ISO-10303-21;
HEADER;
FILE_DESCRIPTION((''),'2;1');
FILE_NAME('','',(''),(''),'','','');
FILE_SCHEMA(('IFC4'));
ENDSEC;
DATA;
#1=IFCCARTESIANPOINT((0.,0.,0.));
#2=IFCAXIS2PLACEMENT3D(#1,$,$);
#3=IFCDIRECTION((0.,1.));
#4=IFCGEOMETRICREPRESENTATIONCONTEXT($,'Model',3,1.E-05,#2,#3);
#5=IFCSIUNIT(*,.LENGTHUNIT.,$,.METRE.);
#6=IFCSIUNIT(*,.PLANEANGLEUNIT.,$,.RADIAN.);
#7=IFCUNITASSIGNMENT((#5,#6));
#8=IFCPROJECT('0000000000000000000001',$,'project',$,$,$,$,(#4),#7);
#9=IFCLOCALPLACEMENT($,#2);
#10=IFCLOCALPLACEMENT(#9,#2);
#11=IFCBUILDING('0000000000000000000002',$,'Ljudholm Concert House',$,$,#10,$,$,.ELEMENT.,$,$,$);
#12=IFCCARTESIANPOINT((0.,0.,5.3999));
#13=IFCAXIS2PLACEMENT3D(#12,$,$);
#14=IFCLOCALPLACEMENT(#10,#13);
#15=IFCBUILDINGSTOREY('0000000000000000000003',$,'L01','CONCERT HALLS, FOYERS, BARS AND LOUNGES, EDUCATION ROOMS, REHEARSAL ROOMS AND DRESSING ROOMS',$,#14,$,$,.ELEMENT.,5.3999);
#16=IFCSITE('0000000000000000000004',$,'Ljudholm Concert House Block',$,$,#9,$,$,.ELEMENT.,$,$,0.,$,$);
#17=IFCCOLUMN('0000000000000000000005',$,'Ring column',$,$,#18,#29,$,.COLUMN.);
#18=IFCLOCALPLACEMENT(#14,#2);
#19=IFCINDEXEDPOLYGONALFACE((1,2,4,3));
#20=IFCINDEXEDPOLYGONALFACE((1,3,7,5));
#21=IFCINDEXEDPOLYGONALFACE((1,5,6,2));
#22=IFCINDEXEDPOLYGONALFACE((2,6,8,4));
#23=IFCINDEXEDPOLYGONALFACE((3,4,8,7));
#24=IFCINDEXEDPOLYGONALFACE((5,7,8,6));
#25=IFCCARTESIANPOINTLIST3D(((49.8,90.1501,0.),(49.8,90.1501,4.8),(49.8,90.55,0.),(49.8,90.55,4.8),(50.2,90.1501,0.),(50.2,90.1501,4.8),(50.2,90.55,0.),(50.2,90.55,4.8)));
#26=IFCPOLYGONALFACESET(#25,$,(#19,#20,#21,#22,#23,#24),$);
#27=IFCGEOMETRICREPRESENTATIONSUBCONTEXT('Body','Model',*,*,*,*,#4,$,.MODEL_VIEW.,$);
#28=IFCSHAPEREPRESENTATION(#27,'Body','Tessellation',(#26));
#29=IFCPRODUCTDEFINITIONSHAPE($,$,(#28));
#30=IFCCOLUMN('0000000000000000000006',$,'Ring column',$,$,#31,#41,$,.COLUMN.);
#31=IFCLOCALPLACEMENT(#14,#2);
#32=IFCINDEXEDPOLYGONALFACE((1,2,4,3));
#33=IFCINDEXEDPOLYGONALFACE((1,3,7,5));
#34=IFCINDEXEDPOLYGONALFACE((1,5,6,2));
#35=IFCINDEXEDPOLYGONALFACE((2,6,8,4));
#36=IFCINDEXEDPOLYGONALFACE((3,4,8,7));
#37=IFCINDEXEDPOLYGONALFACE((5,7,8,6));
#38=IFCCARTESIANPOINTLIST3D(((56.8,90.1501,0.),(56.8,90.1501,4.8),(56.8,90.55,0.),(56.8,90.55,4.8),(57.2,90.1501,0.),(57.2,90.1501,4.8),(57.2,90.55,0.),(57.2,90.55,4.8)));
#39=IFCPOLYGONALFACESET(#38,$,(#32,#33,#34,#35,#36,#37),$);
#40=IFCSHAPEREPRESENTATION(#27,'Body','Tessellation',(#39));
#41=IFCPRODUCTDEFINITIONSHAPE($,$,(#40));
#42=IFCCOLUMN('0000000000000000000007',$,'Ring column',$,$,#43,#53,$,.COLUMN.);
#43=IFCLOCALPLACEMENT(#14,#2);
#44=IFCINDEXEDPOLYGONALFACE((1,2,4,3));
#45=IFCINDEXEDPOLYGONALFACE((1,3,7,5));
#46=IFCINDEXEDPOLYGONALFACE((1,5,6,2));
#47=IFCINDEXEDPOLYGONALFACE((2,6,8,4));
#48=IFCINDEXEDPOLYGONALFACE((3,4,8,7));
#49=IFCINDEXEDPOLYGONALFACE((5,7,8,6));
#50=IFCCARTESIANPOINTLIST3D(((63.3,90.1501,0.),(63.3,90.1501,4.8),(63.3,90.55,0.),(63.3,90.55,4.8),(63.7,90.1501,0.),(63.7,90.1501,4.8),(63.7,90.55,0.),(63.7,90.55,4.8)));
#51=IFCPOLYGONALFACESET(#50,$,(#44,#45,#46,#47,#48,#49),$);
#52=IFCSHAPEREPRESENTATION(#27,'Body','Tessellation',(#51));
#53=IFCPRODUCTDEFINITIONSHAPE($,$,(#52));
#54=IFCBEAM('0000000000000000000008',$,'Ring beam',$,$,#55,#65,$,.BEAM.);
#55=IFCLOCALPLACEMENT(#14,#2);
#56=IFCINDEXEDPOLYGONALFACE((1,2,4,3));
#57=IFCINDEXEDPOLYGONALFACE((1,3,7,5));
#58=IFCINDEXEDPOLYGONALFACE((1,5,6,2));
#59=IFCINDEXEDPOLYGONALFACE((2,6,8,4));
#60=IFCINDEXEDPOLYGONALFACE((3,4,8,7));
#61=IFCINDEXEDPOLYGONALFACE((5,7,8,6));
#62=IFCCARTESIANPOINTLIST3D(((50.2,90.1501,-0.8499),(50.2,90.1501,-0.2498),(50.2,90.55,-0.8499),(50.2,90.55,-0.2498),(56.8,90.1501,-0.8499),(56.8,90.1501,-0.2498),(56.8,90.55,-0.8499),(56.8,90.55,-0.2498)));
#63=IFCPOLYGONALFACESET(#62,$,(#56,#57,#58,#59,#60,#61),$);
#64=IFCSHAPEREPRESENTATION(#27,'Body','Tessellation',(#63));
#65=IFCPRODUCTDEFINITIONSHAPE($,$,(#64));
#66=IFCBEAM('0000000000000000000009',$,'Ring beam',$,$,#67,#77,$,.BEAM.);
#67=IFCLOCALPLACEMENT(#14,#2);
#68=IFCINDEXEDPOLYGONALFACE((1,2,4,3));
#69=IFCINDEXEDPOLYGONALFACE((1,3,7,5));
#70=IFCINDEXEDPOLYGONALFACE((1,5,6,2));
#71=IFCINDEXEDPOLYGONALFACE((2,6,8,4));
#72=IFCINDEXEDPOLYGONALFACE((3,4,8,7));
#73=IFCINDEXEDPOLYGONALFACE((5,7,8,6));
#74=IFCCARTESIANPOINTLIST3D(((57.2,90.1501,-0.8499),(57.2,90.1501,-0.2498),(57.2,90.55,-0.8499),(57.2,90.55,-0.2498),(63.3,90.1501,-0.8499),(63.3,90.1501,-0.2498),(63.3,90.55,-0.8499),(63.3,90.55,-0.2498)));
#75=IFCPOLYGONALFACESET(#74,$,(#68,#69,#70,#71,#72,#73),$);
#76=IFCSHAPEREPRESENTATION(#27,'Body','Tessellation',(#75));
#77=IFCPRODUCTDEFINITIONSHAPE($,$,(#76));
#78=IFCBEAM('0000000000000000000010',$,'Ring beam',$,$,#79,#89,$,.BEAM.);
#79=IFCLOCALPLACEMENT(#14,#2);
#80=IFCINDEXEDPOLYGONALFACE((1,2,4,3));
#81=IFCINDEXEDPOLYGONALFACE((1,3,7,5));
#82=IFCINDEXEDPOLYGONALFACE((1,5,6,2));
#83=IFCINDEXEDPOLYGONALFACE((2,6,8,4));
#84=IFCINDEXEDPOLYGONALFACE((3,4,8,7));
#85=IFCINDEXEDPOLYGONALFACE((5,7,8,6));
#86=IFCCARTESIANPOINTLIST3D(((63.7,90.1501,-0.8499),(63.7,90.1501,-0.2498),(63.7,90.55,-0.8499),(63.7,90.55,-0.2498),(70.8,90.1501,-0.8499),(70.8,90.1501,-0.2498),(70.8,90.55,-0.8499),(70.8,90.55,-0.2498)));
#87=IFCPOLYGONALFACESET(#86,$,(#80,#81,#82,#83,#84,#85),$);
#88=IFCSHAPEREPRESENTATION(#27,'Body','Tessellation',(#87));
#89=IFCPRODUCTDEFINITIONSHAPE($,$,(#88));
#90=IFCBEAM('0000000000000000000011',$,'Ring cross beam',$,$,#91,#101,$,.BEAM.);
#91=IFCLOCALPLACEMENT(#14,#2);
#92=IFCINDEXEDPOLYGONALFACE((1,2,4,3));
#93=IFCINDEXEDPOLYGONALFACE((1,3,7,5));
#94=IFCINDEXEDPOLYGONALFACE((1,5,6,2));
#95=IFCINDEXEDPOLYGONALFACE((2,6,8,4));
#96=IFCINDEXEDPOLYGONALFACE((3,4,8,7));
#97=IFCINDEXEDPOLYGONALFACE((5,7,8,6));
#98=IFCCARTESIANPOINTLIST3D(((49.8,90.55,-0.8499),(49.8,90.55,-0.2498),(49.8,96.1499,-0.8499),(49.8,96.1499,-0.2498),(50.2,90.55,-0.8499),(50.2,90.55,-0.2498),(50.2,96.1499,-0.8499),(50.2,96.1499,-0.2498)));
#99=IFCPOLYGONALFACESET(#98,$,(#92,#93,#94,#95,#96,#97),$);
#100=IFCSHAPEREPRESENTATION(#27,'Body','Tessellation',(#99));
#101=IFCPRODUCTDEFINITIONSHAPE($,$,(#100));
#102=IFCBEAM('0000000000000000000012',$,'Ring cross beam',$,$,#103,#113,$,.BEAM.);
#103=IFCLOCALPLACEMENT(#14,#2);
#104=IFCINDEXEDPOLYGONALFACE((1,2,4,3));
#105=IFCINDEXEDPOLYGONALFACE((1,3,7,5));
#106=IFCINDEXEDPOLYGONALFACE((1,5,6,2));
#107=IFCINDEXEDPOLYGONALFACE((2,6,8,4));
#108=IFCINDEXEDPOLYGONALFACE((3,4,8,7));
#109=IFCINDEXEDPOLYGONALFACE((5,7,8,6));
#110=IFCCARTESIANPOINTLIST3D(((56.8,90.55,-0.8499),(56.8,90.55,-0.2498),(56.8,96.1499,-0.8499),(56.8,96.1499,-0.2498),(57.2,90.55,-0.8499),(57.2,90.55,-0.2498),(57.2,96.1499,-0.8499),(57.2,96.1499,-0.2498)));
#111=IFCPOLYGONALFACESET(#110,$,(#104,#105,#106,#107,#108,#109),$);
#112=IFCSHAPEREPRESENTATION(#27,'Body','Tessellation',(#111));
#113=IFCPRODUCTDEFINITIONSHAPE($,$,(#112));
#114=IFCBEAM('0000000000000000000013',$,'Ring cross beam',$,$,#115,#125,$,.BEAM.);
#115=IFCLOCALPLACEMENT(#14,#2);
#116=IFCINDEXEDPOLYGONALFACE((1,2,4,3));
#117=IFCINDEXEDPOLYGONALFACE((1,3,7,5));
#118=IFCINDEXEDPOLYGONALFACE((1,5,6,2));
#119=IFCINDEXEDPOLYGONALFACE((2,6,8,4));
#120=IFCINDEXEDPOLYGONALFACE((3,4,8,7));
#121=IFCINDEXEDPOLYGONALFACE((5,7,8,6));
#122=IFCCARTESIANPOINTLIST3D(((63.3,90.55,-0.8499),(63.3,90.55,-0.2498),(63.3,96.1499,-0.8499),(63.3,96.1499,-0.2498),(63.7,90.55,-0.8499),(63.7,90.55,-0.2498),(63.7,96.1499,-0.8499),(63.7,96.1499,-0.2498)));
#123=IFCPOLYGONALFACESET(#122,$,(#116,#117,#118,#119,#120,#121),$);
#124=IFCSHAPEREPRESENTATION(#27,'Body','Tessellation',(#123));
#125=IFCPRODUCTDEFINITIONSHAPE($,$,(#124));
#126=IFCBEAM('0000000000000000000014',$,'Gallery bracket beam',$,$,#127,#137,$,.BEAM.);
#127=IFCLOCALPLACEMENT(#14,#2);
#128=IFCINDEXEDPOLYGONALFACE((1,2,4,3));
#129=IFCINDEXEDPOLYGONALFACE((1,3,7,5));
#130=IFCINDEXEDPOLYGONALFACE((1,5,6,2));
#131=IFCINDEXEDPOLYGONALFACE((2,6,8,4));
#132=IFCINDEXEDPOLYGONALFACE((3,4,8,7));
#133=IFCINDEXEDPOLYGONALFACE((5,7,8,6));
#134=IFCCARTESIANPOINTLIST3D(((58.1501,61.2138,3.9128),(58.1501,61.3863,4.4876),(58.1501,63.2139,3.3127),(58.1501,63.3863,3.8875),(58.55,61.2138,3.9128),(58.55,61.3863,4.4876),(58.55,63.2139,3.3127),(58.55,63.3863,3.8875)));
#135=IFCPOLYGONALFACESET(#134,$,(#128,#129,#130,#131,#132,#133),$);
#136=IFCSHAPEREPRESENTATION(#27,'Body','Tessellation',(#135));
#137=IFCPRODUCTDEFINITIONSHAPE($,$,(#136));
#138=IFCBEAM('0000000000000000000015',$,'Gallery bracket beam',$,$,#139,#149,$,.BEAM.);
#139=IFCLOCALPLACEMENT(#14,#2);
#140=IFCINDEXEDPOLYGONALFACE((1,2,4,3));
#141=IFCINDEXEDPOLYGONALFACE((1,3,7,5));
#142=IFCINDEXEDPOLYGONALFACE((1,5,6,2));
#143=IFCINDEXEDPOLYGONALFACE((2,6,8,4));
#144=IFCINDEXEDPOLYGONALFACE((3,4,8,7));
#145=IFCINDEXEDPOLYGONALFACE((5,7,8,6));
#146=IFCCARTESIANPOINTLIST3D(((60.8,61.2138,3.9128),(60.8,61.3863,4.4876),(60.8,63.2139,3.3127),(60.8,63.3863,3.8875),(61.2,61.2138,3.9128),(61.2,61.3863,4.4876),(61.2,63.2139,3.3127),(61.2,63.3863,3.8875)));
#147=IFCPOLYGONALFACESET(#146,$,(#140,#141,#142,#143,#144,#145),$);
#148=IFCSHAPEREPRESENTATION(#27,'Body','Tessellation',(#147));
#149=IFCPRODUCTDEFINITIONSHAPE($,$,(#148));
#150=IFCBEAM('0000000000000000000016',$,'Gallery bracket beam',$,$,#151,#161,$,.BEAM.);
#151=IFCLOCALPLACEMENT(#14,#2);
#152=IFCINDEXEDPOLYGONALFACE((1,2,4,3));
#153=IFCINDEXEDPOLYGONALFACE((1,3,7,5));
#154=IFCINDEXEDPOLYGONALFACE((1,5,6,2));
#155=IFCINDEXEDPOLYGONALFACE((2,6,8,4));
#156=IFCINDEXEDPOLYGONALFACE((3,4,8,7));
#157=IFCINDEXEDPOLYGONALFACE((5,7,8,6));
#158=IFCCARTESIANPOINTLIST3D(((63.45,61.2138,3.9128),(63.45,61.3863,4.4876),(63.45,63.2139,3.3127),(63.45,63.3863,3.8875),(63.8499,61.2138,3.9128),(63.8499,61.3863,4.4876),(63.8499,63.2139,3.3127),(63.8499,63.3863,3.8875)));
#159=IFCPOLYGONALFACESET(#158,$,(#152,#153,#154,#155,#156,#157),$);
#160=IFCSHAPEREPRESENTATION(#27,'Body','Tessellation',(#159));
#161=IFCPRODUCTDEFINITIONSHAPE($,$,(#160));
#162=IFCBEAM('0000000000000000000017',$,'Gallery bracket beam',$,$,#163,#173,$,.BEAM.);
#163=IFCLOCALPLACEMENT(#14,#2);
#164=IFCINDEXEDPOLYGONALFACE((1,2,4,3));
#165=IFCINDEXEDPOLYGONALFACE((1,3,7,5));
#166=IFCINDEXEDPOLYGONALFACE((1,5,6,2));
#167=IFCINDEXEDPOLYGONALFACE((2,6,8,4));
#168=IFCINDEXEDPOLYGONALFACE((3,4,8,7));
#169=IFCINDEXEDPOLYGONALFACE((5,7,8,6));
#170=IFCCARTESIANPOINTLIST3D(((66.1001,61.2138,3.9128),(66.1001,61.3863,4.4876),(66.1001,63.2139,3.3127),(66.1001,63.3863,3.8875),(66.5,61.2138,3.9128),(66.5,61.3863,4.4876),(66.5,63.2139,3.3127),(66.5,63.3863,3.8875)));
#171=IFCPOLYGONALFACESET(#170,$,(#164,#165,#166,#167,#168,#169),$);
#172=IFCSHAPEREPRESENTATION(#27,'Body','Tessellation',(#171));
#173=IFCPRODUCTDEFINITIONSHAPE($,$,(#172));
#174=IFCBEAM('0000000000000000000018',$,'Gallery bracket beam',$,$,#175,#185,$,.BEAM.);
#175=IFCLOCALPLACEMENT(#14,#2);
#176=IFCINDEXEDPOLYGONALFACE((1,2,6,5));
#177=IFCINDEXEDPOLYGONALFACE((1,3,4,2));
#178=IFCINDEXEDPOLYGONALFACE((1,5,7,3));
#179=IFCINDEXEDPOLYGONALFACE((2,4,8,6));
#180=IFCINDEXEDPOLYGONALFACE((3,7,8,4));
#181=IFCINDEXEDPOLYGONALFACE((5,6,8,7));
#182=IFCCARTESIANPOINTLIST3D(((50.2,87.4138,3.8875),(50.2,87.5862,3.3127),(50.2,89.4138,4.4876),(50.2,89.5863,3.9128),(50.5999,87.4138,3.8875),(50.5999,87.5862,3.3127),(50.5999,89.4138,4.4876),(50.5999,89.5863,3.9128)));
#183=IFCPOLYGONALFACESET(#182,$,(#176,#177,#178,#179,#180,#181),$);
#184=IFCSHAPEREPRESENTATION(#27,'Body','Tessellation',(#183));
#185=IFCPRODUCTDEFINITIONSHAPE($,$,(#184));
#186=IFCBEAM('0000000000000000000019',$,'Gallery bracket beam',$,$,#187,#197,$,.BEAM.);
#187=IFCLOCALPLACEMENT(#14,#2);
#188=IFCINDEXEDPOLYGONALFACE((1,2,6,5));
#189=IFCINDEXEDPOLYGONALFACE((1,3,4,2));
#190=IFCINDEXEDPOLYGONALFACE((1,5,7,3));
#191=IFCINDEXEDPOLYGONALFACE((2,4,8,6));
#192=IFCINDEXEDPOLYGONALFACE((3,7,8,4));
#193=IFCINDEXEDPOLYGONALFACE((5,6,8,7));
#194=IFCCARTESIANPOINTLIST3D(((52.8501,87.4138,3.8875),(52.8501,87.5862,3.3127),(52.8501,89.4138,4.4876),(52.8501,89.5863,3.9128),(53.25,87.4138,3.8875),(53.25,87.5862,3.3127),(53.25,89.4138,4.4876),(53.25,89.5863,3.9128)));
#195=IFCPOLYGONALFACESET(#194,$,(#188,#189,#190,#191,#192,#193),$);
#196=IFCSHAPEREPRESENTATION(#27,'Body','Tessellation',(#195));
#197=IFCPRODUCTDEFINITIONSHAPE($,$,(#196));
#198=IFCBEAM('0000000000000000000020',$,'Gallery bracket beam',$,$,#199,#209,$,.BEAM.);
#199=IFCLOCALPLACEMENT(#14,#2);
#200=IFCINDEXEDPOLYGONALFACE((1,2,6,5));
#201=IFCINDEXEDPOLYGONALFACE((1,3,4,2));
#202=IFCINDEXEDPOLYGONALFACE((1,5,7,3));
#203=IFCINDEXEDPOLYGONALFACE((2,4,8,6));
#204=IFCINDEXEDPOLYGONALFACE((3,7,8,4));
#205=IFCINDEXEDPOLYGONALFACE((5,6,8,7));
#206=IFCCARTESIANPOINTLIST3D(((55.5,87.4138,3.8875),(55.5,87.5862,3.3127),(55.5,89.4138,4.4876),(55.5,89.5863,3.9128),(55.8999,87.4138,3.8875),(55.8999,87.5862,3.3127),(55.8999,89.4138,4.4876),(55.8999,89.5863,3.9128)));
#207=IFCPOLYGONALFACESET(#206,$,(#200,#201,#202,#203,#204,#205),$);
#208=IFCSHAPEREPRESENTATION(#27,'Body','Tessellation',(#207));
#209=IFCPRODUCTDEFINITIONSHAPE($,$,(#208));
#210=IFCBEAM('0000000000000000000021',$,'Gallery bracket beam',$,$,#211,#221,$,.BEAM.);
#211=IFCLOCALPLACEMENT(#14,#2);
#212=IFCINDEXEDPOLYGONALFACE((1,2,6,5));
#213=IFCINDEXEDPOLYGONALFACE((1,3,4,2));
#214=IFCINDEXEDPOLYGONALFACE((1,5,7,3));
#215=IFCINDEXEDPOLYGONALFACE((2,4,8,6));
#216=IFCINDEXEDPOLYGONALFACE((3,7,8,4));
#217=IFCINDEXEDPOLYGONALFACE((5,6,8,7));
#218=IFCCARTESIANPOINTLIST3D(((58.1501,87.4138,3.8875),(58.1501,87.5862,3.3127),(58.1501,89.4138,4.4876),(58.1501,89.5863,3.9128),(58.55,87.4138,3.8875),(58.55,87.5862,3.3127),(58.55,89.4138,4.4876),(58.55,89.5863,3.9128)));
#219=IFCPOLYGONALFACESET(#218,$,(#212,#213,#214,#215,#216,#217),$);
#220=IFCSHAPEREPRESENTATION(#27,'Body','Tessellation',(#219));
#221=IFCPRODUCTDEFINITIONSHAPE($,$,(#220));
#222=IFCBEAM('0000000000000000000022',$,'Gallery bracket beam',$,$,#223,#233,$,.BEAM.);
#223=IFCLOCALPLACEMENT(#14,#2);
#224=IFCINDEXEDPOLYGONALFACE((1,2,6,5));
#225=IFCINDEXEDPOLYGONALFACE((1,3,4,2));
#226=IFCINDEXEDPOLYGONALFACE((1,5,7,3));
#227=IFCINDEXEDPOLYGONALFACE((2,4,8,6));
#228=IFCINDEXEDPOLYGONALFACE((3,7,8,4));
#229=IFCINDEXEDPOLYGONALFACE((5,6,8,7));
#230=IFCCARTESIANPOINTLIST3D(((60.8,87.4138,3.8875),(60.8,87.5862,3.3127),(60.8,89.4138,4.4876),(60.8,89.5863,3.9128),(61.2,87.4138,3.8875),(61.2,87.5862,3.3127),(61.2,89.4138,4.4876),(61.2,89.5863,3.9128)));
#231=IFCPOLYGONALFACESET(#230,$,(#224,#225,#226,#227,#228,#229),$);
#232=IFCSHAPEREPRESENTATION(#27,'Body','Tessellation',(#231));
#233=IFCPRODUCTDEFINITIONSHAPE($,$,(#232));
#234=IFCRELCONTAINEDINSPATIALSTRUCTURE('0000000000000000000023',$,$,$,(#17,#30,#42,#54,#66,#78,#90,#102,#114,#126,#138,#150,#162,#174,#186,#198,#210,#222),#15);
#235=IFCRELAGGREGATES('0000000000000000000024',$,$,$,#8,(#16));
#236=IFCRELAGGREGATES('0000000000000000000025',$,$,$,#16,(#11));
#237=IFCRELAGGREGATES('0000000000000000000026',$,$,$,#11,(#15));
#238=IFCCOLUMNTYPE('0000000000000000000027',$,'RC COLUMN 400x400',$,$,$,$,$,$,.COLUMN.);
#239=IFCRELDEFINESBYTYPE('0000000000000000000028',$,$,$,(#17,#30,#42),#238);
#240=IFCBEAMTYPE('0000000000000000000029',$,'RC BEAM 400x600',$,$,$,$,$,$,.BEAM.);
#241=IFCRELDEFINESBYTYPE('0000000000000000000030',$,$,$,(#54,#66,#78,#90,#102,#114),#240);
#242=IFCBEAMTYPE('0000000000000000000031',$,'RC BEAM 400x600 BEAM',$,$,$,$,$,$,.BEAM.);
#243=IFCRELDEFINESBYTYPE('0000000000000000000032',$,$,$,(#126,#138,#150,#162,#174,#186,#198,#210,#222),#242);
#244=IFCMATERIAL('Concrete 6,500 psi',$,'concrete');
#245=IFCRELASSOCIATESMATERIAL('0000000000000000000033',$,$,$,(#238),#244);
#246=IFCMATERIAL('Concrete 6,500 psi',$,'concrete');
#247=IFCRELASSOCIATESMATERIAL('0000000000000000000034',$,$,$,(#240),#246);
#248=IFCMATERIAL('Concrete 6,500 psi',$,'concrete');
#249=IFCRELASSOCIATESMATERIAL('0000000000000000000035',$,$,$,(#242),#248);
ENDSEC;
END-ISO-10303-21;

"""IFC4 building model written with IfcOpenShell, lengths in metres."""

from ifc_helpers import new_model, si_unit, direction, frame, origin, origin_2d, place, context, subcontext, project, spatial, rectangle, extrude, material, material_profile, profile_set, type_object, element, save


model = new_model("IFC4")

# Units and contexts
model_context = context("Model", 3, precision=1e-05, world=origin(), true_north=direction((0.0, 1.0)))
body_context = subcontext(model_context, "Body", "Model", "MODEL_VIEW")
ifc_project = project(units=[si_unit("LENGTHUNIT", "METRE"), si_unit("PLANEANGLEUNIT", "RADIAN")], contexts=[model_context])

# Site, building, storey
site_placement = place(None, origin())
site = spatial("IfcSite", under=ifc_project, at=site_placement, Name="Ljudholm Concert House Block", CompositionType="ELEMENT", RefElevation=0.0)
building_placement = place(site_placement, origin())
building = spatial("IfcBuilding", under=site, at=building_placement, Name="Ljudholm Concert House", CompositionType="ELEMENT")
storey_placement = place(building_placement, frame((0.0, 0.0, 5.3999)))
storey = spatial("IfcBuildingStorey", under=building, at=storey_placement, Name="L01", Description="CONCERT HALLS, FOYERS, BARS AND LOUNGES, EDUCATION ROOMS, REHEARSAL ROOMS AND DRESSING ROOMS", CompositionType="ELEMENT", Elevation=5.3999)

# Columns
ifc_material_1 = material(Name="Concrete 6,500 psi", Category="concrete")
ifc_material_profile_1 = material_profile(ifc_material_1, rectangle(XDim=0.3999, YDim=0.3999, at=origin_2d()), Name="RC COLUMN 400x400")
ifc_profile_set_1 = profile_set([ifc_material_profile_1], Name="Concrete 6,500 psi")
column_type = type_object("IfcColumnType", Name="RC COLUMN 400x400", PredefinedType="COLUMN", material=ifc_profile_set_1)
for number, where, z_axis, x_axis, name in (
    (1, (50.0, 90.3501, 0.0), (0.0, 0.0, 1.0), (1.0, 0.0, 0.0), "Ring column"),
    (2, (57.0, 90.3501, 0.0), (0.0, 0.0, 1.0), (1.0, 0.0, 0.0), "Ring column"),
    (3, (63.5, 90.3501, 0.0), (0.0, 0.0, 1.0), (1.0, 0.0, 0.0), "Ring column"),
):
    element("IfcColumn", number, at=place(storey_placement, frame(where, z_axis=z_axis, x_axis=x_axis)), inside=storey, type_object=column_type, Name=name, PredefinedType="COLUMN", context=body_context, shape_type="SweptSolid", body=[
        extrude(rectangle(XDim=0.3999, YDim=0.3999, at=origin_2d()), origin(), (0.0, 0.0, 1.0), 4.8),
    ])

# Beams
ifc_material_2 = material(Name="Concrete 6,500 psi", Category="concrete")
ifc_material_profile_2 = material_profile(ifc_material_2, rectangle(XDim=0.3999, YDim=0.6001, at=origin_2d()), Name="RC BEAM 400x600")
ifc_profile_set_2 = profile_set([ifc_material_profile_2], Name="Concrete 6,500 psi")
beam_type_1 = type_object("IfcBeamType", Name="RC BEAM 400x600", PredefinedType="BEAM", material=ifc_profile_set_2)
beam_1_placement = place(storey_placement, frame((50.2, 90.3501, -0.5498), z_axis=(1.0, 0.0, 0.0), x_axis=(0.0, 1.0, 0.0)))
element("IfcBeam", 4, at=beam_1_placement, inside=storey, type_object=beam_type_1, Name="Ring beam", PredefinedType="BEAM", context=body_context, shape_type="SweptSolid", body=[
    extrude(rectangle(XDim=0.3999, YDim=0.6001, at=origin_2d()), origin(), (0.0, 0.0, 1.0), 6.6001),
])
beam_2_placement = place(storey_placement, frame((57.2, 90.3501, -0.5498), z_axis=(1.0, 0.0, 0.0), x_axis=(0.0, 1.0, 0.0)))
element("IfcBeam", 5, at=beam_2_placement, inside=storey, type_object=beam_type_1, Name="Ring beam", PredefinedType="BEAM", context=body_context, shape_type="SweptSolid", body=[
    extrude(rectangle(XDim=0.3999, YDim=0.6001, at=origin_2d()), origin(), (0.0, 0.0, 1.0), 6.1001),
])
beam_3_placement = place(storey_placement, frame((63.7, 90.3501, -0.5498), z_axis=(1.0, 0.0, 0.0), x_axis=(0.0, 1.0, 0.0)))
element("IfcBeam", 6, at=beam_3_placement, inside=storey, type_object=beam_type_1, Name="Ring beam", PredefinedType="BEAM", context=body_context, shape_type="SweptSolid", body=[
    extrude(rectangle(XDim=0.3999, YDim=0.6001, at=origin_2d()), origin(), (0.0, 0.0, 1.0), 7.1001),
])
for number, where, z_axis, x_axis, name in (
    (7, (50.0, 90.55, -0.5498), (0.0, 1.0, 0.0), (-1.0, 0.0, 0.0), "Ring cross beam"),
    (8, (57.0, 90.55, -0.5498), (0.0, 1.0, 0.0), (-1.0, 0.0, 0.0), "Ring cross beam"),
    (9, (63.5, 90.55, -0.5498), (0.0, 1.0, 0.0), (-1.0, 0.0, 0.0), "Ring cross beam"),
):
    element("IfcBeam", number, at=place(storey_placement, frame(where, z_axis=z_axis, x_axis=x_axis)), inside=storey, type_object=beam_type_1, Name=name, PredefinedType="BEAM", context=body_context, shape_type="SweptSolid", body=[
        extrude(rectangle(XDim=0.3999, YDim=0.6001, at=origin_2d()), origin(), (0.0, 0.0, 1.0), 5.5999),
    ])
ifc_material_3 = material(Name="Concrete 6,500 psi", Category="concrete")
ifc_material_profile_3 = material_profile(ifc_material_3, rectangle(XDim=0.3999, YDim=0.6001, at=origin_2d()), Name="RC BEAM 400x600 BEAM")
ifc_profile_set_3 = profile_set([ifc_material_profile_3], Name="Concrete 6,500 psi")
beam_type_2 = type_object("IfcBeamType", Name="RC BEAM 400x600 BEAM", PredefinedType="BEAM", material=ifc_profile_set_3)
for number, where, z_axis, x_axis, name in (
    (10, (58.3501, 61.3, 4.2002), (0.0, 0.957813, -0.287391), (-1.0, 0.0, 0.0), "Gallery bracket beam"),
    (11, (61.0, 61.3, 4.2002), (0.0, 0.957813, -0.287391), (-1.0, 0.0, 0.0), "Gallery bracket beam"),
    (12, (63.6499, 61.3, 4.2002), (0.0, 0.957813, -0.287391), (-1.0, 0.0, 0.0), "Gallery bracket beam"),
    (13, (66.3, 61.3, 4.2002), (0.0, 0.957813, -0.287391), (-1.0, 0.0, 0.0), "Gallery bracket beam"),
    (14, (50.3999, 87.5, 3.6001), (0.0, 0.957813, 0.287391), (-1.0, 0.0, 0.0), "Gallery bracket beam"),
    (15, (53.05, 87.5, 3.6001), (0.0, 0.957813, 0.287391), (-1.0, 0.0, 0.0), "Gallery bracket beam"),
    (16, (55.7, 87.5, 3.6001), (0.0, 0.957813, 0.287391), (-1.0, 0.0, 0.0), "Gallery bracket beam"),
    (17, (58.3501, 87.5, 3.6001), (0.0, 0.957813, 0.287391), (-1.0, 0.0, 0.0), "Gallery bracket beam"),
    (18, (61.0, 87.5, 3.6001), (0.0, 0.957813, 0.287391), (-1.0, 0.0, 0.0), "Gallery bracket beam"),
):
    element("IfcBeam", number, at=place(storey_placement, frame(where, z_axis=z_axis, x_axis=x_axis)), inside=storey, type_object=beam_type_2, Name=name, PredefinedType="BEAM", context=body_context, shape_type="SweptSolid", body=[
        extrude(rectangle(XDim=0.3999, YDim=0.6001, at=origin_2d()), origin(), (0.0, 0.0, 1.0), 2.0881),
    ])

save(model, "model.ifc")
